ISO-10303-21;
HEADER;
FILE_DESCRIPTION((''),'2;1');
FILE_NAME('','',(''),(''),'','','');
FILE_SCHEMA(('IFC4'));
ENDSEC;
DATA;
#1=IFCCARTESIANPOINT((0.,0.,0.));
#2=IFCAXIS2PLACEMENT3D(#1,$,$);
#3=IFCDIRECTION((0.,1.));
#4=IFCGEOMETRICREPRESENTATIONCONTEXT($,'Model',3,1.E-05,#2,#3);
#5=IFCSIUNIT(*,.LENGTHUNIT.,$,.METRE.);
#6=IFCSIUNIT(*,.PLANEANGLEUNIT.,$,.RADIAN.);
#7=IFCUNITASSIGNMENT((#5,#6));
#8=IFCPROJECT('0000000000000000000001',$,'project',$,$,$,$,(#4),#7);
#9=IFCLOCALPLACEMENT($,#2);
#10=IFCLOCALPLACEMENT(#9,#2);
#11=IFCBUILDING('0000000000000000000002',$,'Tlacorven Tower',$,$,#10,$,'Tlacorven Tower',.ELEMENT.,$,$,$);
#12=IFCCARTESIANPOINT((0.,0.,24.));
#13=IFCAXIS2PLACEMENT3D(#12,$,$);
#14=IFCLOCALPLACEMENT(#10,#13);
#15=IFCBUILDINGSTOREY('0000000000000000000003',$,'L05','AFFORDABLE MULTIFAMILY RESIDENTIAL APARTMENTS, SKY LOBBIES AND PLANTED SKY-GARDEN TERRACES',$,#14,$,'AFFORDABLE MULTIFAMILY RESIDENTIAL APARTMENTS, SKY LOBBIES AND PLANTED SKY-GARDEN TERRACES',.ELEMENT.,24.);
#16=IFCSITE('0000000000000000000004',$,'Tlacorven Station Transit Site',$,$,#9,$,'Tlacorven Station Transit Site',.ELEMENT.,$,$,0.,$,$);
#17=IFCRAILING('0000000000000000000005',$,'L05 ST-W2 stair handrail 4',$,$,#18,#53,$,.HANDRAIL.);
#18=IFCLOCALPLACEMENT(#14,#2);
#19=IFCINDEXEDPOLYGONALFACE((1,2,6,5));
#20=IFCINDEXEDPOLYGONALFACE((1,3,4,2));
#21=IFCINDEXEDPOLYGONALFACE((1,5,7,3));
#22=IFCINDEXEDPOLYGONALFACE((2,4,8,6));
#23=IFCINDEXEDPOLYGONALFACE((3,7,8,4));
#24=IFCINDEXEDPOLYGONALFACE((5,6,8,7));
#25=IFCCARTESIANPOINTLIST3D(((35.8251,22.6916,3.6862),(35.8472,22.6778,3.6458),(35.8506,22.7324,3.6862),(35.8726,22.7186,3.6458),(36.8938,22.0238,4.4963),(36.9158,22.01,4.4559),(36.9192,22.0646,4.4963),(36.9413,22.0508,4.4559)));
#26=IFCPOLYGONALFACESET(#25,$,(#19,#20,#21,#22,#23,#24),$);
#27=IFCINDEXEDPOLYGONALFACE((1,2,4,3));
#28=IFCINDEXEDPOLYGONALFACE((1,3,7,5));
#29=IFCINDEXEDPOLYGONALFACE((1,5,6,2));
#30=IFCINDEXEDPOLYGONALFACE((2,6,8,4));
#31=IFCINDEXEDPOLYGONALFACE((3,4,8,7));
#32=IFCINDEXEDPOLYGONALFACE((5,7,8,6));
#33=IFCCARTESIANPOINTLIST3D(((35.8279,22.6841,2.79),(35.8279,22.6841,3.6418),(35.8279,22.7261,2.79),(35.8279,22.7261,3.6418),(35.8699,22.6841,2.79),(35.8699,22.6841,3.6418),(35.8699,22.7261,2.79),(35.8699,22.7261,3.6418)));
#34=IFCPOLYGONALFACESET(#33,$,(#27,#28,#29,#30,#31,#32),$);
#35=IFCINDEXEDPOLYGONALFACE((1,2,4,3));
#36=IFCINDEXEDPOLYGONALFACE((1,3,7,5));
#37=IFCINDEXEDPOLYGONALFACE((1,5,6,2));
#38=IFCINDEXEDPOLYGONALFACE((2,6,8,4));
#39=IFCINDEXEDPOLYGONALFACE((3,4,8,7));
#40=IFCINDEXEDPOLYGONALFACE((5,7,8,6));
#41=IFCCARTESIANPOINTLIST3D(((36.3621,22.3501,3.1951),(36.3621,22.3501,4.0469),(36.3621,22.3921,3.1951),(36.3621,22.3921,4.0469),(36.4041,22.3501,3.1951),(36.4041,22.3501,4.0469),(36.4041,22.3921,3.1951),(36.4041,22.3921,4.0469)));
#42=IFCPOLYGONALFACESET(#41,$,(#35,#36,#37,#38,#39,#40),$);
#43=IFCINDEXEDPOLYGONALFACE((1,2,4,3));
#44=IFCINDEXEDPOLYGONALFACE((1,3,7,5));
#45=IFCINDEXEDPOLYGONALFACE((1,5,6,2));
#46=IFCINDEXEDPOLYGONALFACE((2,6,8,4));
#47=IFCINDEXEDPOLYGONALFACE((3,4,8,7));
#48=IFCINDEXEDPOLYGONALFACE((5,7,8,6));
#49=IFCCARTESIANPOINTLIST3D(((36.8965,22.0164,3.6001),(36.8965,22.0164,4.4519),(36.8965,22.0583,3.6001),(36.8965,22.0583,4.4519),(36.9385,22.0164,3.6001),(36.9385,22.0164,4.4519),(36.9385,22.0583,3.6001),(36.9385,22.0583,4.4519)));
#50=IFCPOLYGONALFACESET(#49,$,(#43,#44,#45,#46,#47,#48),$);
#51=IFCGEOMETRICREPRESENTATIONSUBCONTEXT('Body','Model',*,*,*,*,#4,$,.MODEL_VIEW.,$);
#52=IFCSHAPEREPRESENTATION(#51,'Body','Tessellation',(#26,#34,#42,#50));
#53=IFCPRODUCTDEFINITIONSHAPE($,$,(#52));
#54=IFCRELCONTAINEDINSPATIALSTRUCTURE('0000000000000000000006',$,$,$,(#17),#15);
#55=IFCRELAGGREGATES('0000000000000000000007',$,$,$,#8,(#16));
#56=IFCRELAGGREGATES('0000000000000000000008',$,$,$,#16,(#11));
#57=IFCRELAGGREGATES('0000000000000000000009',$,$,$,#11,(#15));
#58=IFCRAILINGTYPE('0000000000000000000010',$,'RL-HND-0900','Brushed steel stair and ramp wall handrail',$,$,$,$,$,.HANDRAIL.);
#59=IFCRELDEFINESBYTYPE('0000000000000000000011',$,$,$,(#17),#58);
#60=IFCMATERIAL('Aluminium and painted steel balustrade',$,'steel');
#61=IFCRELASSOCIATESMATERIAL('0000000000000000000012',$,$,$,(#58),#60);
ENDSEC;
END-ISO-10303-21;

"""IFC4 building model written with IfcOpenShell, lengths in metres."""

from ifc_helpers import new_model, si_unit, direction, frame, origin, origin_2d, place, context, subcontext, project, spatial, rectangle, extrude, source, transform, mapped, material, type_object, element, save


model = new_model("IFC4")

# Units and contexts
model_context = context("Model", 3, precision=1e-05, world=origin(), true_north=direction((0.0, 1.0)))
body_context = subcontext(model_context, "Body", "Model", "MODEL_VIEW")
ifc_project = project(units=[si_unit("LENGTHUNIT", "METRE"), si_unit("PLANEANGLEUNIT", "RADIAN")], contexts=[model_context])

# Site, building, storey
site_placement = place(None, origin())
site = spatial("IfcSite", under=ifc_project, at=site_placement, Name="Tlacorven Station Transit Site", LongName="Tlacorven Station Transit Site", CompositionType="ELEMENT", RefElevation=0.0)
building_placement = place(site_placement, origin())
building = spatial("IfcBuilding", under=site, at=building_placement, Name="Tlacorven Tower", LongName="Tlacorven Tower", CompositionType="ELEMENT")
storey_placement = place(building_placement, frame((0.0, 0.0, 24.0)))
storey = spatial("IfcBuildingStorey", under=building, at=storey_placement, Name="L05", Description="AFFORDABLE MULTIFAMILY RESIDENTIAL APARTMENTS, SKY LOBBIES AND PLANTED SKY-GARDEN TERRACES", LongName="AFFORDABLE MULTIFAMILY RESIDENTIAL APARTMENTS, SKY LOBBIES AND PLANTED SKY-GARDEN TERRACES", CompositionType="ELEMENT", Elevation=24.0)

# Railing
ifc_material_1 = material(Name="Aluminium and painted steel balustrade", Category="steel")
railing_type_1 = type_object("IfcRailingType", Name="RL-HND-0900", Description="Brushed steel stair and ramp wall handrail", PredefinedType="HANDRAIL", material=ifc_material_1)
shared_shape_1 = source(origin(), body_context, "Body", "SweptSolid", [
    extrude(rectangle(XDim=0.0481, YDim=0.0481, at=origin_2d()), frame((0.0, 0.0, 0.876), z_axis=(0.71336, -0.445748, 0.540765), x_axis=(0.529912, 0.848053, 0.0)), (0.0, 0.0, 1.0), 1.498),
    extrude(rectangle(XDim=0.042, YDim=0.042, at=origin_2d()), origin(), (0.0, 0.0, 1.0), 0.8518),
    extrude(rectangle(XDim=0.042, YDim=0.042, at=origin_2d()), frame((0.5342, -0.334, 0.405)), (0.0, 0.0, 1.0), 0.8518),
    extrude(rectangle(XDim=0.042, YDim=0.042, at=origin_2d()), frame((1.0686, -0.6677, 0.8101)), (0.0, 0.0, 1.0), 0.8518),
])
railing_1_placement = place(storey_placement, frame((35.8489, 22.7051, 2.79)))
element("IfcRailing", 1, at=railing_1_placement, inside=storey, type_object=railing_type_1, Name="L05 ST-W2 stair handrail 4", PredefinedType="HANDRAIL", context=body_context, shape_type="MappedRepresentation", body=[
    mapped(shared_shape_1, transform((0.0, 0.0, 0.0), scale=1.0)),
])

save(model, "model.ifc")
